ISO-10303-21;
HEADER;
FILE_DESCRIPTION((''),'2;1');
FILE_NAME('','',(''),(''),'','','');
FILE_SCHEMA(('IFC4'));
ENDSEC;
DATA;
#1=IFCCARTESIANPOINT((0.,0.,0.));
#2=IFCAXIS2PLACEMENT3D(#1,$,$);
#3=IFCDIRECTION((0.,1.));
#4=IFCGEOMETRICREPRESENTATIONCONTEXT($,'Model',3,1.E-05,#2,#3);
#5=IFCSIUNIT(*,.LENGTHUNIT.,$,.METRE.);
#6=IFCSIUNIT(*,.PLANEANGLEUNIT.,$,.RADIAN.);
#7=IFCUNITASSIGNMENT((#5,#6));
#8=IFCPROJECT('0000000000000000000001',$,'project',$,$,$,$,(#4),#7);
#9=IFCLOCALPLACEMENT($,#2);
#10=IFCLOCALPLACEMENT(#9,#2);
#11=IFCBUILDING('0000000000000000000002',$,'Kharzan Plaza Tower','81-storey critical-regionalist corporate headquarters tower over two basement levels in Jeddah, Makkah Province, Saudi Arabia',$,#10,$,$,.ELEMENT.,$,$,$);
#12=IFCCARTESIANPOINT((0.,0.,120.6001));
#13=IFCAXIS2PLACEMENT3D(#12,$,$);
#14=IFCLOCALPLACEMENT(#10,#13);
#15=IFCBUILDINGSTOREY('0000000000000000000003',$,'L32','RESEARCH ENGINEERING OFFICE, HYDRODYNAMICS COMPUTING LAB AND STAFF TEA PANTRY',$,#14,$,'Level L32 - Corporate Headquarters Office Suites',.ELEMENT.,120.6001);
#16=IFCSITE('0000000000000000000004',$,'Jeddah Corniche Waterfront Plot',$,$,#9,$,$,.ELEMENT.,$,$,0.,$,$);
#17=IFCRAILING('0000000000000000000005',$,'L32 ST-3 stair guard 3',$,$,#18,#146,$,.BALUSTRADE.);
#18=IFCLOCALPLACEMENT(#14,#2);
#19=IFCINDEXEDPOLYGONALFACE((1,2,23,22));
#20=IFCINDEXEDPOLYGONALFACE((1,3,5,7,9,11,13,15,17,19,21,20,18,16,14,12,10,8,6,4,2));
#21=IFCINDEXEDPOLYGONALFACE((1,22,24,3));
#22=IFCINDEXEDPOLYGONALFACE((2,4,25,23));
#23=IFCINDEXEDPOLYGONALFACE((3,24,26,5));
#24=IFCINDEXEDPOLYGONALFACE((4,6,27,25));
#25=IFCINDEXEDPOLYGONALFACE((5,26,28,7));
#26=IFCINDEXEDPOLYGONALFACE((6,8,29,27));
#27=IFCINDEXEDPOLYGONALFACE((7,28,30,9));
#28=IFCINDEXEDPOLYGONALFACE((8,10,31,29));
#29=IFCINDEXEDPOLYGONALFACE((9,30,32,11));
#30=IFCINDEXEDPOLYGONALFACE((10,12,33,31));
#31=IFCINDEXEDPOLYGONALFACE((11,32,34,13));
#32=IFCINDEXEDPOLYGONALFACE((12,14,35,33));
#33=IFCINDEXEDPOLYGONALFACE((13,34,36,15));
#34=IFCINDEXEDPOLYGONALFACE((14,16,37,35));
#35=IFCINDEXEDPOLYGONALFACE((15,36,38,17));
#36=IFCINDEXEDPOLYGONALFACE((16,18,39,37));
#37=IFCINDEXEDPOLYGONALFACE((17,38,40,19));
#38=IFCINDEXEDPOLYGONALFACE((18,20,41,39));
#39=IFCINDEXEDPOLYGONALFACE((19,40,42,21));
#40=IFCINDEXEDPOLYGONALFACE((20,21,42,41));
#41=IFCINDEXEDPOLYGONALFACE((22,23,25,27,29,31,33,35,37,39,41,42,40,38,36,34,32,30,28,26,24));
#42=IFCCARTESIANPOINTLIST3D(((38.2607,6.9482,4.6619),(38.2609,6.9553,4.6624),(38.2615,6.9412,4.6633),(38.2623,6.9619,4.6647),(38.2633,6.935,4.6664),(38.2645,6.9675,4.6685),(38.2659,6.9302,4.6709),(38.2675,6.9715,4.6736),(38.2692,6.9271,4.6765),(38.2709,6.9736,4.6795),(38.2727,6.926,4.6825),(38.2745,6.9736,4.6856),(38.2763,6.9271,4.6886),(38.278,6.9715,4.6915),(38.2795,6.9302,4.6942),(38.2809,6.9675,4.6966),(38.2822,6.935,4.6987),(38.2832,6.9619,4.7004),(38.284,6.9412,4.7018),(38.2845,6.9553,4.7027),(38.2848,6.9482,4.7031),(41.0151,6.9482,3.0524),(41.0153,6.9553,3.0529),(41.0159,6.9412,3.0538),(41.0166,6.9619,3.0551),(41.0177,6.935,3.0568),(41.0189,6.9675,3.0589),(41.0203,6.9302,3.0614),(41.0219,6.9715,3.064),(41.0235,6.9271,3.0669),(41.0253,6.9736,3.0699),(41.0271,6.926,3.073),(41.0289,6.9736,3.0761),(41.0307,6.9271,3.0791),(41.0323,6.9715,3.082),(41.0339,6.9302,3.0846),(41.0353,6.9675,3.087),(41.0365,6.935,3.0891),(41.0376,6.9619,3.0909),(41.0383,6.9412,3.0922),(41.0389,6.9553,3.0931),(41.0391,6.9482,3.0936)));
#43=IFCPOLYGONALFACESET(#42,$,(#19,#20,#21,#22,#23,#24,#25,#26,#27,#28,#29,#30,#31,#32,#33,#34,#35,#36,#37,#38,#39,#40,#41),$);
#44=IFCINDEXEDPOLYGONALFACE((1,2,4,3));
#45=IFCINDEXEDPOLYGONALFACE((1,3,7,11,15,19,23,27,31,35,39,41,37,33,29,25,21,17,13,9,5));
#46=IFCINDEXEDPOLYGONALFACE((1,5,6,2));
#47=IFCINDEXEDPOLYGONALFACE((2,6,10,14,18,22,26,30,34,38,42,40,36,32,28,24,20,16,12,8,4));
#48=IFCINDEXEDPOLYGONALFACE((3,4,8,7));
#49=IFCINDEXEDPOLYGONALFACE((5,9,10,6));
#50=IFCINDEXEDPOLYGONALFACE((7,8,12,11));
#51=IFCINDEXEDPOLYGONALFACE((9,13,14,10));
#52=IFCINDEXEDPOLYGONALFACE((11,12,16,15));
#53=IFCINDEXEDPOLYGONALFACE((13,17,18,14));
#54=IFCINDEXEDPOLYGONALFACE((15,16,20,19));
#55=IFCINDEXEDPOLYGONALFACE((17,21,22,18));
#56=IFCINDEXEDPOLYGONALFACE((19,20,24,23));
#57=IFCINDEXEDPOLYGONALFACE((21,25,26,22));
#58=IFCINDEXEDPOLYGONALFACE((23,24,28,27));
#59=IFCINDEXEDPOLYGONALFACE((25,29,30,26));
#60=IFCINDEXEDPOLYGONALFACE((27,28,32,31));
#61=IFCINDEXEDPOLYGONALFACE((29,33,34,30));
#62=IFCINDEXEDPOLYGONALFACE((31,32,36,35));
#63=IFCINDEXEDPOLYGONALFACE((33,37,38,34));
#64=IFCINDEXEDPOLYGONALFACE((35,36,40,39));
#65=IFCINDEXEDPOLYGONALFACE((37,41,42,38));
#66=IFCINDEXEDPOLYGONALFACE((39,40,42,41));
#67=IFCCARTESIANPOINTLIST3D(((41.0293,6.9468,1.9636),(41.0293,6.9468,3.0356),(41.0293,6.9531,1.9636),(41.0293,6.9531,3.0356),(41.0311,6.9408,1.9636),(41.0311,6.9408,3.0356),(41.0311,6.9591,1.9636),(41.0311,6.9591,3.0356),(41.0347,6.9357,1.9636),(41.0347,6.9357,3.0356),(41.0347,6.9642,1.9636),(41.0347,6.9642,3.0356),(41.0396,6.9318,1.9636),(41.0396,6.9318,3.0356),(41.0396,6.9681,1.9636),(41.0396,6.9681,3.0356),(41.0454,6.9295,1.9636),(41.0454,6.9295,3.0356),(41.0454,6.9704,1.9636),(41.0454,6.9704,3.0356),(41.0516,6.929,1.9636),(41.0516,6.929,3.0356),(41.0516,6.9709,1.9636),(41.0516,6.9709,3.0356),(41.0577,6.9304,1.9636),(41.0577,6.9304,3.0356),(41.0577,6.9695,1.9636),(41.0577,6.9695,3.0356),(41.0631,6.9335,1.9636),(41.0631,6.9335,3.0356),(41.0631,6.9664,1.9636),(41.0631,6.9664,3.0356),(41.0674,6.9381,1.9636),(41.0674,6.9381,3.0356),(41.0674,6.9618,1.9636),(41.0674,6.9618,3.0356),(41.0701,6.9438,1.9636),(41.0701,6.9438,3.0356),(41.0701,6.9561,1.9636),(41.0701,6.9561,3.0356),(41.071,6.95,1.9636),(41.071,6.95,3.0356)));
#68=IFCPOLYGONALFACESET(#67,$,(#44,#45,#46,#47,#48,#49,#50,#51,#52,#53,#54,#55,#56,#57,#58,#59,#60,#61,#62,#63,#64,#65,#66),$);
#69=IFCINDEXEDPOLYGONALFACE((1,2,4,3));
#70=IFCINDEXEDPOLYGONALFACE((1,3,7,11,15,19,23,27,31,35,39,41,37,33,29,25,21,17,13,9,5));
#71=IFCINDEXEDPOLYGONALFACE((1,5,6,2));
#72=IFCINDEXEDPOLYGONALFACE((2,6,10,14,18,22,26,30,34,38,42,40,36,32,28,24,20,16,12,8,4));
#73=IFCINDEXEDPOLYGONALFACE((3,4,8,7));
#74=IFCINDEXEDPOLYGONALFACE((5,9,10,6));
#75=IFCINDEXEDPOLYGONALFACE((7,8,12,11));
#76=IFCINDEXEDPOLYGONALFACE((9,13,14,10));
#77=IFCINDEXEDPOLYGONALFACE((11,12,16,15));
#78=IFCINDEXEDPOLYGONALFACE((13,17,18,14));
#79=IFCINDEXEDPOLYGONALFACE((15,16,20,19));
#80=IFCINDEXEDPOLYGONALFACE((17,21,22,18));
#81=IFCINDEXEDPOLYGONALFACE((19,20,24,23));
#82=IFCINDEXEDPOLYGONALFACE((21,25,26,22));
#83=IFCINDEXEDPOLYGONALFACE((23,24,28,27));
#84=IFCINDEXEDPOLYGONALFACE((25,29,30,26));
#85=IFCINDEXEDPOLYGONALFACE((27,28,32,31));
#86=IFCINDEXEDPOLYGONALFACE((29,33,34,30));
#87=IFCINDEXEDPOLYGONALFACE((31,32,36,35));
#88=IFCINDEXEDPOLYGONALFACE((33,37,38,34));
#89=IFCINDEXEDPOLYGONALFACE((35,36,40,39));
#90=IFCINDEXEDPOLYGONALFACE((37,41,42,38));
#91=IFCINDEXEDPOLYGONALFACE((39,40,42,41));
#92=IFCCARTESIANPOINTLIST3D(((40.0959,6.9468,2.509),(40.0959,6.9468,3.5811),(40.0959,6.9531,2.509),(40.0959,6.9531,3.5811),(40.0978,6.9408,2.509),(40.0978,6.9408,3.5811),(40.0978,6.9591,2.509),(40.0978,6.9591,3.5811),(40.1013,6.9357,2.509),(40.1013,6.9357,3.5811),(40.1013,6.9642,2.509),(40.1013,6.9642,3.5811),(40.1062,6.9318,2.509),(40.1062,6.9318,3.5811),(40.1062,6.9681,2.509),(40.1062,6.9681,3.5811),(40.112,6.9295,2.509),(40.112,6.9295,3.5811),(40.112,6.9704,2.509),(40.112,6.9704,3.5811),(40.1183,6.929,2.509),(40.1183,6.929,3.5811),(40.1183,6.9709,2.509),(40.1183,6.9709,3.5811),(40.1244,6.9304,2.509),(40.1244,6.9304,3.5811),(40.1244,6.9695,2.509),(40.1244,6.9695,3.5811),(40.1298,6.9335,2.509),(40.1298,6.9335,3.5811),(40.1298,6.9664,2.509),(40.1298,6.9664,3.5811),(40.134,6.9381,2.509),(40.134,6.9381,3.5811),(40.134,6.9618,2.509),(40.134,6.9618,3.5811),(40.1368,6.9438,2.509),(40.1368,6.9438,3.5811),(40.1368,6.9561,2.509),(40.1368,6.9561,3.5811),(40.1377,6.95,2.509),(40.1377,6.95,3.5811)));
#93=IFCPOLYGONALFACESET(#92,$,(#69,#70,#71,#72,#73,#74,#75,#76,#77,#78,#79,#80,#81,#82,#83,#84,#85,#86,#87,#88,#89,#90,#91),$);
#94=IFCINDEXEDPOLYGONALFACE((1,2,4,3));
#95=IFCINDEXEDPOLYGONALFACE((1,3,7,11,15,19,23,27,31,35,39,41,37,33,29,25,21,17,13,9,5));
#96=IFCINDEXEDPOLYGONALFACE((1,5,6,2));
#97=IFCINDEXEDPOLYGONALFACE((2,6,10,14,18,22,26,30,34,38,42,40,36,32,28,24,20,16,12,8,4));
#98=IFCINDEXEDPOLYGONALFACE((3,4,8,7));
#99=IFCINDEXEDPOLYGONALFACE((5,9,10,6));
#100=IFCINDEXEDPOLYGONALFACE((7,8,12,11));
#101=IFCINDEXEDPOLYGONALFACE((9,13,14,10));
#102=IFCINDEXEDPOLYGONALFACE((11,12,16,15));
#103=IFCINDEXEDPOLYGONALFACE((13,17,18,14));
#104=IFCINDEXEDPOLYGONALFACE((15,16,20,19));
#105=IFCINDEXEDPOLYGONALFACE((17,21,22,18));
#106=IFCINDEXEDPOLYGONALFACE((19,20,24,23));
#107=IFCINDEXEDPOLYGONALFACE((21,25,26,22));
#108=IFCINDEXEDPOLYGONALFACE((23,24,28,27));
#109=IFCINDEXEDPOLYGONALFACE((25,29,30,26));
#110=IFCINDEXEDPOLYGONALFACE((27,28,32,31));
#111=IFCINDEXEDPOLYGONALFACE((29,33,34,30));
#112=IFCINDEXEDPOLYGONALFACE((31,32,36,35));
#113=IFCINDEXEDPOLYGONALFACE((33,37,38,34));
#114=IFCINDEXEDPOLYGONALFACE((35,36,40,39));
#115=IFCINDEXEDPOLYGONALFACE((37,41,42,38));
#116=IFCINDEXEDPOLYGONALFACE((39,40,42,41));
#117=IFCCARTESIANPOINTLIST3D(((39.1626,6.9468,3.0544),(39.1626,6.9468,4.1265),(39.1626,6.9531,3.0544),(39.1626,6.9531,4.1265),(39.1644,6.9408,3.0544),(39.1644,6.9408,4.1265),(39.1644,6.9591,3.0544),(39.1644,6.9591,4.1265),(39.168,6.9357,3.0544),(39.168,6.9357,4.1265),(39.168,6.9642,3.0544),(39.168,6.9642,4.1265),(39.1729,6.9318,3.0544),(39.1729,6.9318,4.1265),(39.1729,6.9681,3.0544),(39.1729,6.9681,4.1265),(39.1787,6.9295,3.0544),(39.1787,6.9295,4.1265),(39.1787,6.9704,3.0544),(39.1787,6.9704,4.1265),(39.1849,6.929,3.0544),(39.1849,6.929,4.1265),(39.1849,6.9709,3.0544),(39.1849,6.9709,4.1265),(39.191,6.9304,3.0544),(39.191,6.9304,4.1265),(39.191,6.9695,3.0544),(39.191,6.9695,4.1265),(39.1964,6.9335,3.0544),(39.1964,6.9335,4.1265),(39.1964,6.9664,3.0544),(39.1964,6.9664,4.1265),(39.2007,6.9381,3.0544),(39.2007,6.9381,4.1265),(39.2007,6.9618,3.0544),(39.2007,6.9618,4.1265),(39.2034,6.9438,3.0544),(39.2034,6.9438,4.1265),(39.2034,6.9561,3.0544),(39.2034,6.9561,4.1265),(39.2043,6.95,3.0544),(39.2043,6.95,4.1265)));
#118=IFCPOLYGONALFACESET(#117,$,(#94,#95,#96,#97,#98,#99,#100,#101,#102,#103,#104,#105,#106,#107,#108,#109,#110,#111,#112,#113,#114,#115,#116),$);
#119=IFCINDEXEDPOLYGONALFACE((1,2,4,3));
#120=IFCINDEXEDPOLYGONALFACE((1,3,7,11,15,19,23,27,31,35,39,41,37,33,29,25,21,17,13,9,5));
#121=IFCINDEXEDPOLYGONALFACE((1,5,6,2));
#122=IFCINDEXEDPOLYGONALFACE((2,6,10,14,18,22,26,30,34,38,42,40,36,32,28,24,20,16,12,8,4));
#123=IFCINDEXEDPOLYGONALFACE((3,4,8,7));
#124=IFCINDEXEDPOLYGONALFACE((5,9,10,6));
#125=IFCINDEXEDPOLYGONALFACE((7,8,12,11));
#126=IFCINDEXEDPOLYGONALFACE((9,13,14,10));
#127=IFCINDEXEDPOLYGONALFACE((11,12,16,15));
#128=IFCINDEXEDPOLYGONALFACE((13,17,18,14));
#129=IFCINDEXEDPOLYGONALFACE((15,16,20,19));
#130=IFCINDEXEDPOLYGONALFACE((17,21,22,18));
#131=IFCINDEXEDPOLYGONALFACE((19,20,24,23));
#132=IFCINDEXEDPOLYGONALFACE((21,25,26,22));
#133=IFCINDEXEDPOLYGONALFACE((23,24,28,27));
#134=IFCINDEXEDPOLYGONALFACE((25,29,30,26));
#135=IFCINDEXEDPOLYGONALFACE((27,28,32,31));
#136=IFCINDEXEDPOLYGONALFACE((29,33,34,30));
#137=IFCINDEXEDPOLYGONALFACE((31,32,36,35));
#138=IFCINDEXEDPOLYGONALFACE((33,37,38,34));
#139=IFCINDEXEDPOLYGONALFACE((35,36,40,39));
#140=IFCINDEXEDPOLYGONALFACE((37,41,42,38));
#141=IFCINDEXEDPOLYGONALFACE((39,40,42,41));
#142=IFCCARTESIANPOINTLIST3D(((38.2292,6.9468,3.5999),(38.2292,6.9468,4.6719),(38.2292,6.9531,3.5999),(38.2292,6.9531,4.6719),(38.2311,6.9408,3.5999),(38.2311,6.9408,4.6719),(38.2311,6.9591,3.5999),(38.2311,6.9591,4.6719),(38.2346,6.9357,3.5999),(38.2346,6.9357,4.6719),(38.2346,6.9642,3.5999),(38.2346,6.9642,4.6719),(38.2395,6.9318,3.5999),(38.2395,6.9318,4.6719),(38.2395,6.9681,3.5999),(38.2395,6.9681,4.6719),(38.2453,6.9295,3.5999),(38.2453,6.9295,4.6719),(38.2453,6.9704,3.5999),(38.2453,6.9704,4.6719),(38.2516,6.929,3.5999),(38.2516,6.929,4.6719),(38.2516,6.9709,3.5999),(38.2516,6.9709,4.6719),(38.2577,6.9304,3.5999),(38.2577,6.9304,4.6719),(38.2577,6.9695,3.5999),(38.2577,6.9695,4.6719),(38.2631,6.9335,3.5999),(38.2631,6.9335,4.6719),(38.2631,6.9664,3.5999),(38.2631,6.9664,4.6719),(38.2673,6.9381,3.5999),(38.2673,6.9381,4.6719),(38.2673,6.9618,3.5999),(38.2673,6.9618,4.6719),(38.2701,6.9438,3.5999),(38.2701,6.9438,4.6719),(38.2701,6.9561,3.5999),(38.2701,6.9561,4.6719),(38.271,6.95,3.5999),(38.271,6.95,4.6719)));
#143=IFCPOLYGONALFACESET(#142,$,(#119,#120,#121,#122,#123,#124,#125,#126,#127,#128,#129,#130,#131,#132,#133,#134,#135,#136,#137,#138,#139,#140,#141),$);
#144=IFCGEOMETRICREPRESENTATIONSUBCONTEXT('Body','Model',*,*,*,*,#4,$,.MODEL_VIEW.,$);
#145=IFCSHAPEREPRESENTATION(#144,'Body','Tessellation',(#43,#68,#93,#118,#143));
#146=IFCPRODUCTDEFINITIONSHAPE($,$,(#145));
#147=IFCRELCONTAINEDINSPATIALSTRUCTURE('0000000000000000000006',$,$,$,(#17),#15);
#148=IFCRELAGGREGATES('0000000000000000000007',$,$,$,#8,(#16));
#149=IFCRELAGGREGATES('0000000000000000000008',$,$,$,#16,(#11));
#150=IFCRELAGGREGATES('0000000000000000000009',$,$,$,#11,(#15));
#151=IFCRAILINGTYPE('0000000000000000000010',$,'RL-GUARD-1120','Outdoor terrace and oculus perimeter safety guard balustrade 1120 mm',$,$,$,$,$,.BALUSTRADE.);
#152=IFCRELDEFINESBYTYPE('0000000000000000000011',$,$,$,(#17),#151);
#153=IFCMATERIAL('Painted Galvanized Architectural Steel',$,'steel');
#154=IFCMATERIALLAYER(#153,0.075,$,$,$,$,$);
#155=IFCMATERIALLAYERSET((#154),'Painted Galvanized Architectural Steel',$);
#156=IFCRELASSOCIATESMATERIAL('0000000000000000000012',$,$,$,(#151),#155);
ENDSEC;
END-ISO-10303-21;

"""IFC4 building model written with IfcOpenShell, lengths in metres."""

from ifc_helpers import new_model, si_unit, direction, frame, origin, origin_2d, place, context, subcontext, project, spatial, circle, extrude, source, transform, mapped, material, layer, layer_set, type_object, element, save


model = new_model("IFC4")

# Units and contexts
model_context = context("Model", 3, precision=1e-05, world=origin(), true_north=direction((0.0, 1.0)))
body_context = subcontext(model_context, "Body", "Model", "MODEL_VIEW")
ifc_project = project(units=[si_unit("LENGTHUNIT", "METRE"), si_unit("PLANEANGLEUNIT", "RADIAN")], contexts=[model_context])

# Site, building, storey
site_placement = place(None, origin())
site = spatial("IfcSite", under=ifc_project, at=site_placement, Name="Jeddah Corniche Waterfront Plot", CompositionType="ELEMENT", RefElevation=0.0)
building_placement = place(site_placement, origin())
building = spatial("IfcBuilding", under=site, at=building_placement, Name="Kharzan Plaza Tower", Description="81-storey critical-regionalist corporate headquarters tower over two basement levels in Jeddah, Makkah Province, Saudi Arabia", CompositionType="ELEMENT")
storey_placement = place(building_placement, frame((0.0, 0.0, 120.6001)))
storey = spatial("IfcBuildingStorey", under=building, at=storey_placement, Name="L32", Description="RESEARCH ENGINEERING OFFICE, HYDRODYNAMICS COMPUTING LAB AND STAFF TEA PANTRY", LongName="Level L32 - Corporate Headquarters Office Suites", CompositionType="ELEMENT", Elevation=120.6001)

# Railing
ifc_material_1 = material(Name="Painted Galvanized Architectural Steel", Category="steel")
ifc_layer_1 = layer(ifc_material_1, 0.075)
ifc_layer_set_1 = layer_set([ifc_layer_1], Name="Painted Galvanized Architectural Steel")
railing_type_1 = type_object("IfcRailingType", Name="RL-GUARD-1120", Description="Outdoor terrace and oculus perimeter safety guard balustrade 1120 mm", PredefinedType="BALUSTRADE", material=ifc_layer_set_1)
shared_shape_1 = source(origin(), body_context, "Body", "SweptSolid", [
    extrude(circle(Radius=0.0239, at=origin_2d()), frame((-0.0229, 0.0, 1.1094), z_axis=(-0.863394, 0.0, 0.504531), x_axis=(0.0, -1.0, 0.0)), (0.0, 0.0, 1.0), 3.1902),
    extrude(circle(Radius=0.021, at=origin_2d()), origin(), (0.0, 0.0, 1.0), 1.072),
    extrude(circle(Radius=0.021, at=origin_2d()), frame((-0.9333, 0.0, 0.5454)), (0.0, 0.0, 1.0), 1.072),
    extrude(circle(Radius=0.021, at=origin_2d()), frame((-1.8667, 0.0, 1.0908)), (0.0, 0.0, 1.0), 1.072),
    extrude(circle(Radius=0.021, at=origin_2d()), frame((-2.8, 0.0, 1.6362)), (0.0, 0.0, 1.0), 1.072),
])
railing_1_placement = place(storey_placement, frame((41.05, 6.95, 1.9636)))
element("IfcRailing", 1, at=railing_1_placement, inside=storey, type_object=railing_type_1, Name="L32 ST-3 stair guard 3", PredefinedType="BALUSTRADE", context=body_context, shape_type="MappedRepresentation", body=[
    mapped(shared_shape_1, transform((0.0, 0.0, 0.0), x_axis=(1.0, 0.0, 0.0), y_axis=(0.0, 1.0, 0.0), z_axis=(0.0, 0.0, 1.0))),
])

save(model, "model.ifc")
